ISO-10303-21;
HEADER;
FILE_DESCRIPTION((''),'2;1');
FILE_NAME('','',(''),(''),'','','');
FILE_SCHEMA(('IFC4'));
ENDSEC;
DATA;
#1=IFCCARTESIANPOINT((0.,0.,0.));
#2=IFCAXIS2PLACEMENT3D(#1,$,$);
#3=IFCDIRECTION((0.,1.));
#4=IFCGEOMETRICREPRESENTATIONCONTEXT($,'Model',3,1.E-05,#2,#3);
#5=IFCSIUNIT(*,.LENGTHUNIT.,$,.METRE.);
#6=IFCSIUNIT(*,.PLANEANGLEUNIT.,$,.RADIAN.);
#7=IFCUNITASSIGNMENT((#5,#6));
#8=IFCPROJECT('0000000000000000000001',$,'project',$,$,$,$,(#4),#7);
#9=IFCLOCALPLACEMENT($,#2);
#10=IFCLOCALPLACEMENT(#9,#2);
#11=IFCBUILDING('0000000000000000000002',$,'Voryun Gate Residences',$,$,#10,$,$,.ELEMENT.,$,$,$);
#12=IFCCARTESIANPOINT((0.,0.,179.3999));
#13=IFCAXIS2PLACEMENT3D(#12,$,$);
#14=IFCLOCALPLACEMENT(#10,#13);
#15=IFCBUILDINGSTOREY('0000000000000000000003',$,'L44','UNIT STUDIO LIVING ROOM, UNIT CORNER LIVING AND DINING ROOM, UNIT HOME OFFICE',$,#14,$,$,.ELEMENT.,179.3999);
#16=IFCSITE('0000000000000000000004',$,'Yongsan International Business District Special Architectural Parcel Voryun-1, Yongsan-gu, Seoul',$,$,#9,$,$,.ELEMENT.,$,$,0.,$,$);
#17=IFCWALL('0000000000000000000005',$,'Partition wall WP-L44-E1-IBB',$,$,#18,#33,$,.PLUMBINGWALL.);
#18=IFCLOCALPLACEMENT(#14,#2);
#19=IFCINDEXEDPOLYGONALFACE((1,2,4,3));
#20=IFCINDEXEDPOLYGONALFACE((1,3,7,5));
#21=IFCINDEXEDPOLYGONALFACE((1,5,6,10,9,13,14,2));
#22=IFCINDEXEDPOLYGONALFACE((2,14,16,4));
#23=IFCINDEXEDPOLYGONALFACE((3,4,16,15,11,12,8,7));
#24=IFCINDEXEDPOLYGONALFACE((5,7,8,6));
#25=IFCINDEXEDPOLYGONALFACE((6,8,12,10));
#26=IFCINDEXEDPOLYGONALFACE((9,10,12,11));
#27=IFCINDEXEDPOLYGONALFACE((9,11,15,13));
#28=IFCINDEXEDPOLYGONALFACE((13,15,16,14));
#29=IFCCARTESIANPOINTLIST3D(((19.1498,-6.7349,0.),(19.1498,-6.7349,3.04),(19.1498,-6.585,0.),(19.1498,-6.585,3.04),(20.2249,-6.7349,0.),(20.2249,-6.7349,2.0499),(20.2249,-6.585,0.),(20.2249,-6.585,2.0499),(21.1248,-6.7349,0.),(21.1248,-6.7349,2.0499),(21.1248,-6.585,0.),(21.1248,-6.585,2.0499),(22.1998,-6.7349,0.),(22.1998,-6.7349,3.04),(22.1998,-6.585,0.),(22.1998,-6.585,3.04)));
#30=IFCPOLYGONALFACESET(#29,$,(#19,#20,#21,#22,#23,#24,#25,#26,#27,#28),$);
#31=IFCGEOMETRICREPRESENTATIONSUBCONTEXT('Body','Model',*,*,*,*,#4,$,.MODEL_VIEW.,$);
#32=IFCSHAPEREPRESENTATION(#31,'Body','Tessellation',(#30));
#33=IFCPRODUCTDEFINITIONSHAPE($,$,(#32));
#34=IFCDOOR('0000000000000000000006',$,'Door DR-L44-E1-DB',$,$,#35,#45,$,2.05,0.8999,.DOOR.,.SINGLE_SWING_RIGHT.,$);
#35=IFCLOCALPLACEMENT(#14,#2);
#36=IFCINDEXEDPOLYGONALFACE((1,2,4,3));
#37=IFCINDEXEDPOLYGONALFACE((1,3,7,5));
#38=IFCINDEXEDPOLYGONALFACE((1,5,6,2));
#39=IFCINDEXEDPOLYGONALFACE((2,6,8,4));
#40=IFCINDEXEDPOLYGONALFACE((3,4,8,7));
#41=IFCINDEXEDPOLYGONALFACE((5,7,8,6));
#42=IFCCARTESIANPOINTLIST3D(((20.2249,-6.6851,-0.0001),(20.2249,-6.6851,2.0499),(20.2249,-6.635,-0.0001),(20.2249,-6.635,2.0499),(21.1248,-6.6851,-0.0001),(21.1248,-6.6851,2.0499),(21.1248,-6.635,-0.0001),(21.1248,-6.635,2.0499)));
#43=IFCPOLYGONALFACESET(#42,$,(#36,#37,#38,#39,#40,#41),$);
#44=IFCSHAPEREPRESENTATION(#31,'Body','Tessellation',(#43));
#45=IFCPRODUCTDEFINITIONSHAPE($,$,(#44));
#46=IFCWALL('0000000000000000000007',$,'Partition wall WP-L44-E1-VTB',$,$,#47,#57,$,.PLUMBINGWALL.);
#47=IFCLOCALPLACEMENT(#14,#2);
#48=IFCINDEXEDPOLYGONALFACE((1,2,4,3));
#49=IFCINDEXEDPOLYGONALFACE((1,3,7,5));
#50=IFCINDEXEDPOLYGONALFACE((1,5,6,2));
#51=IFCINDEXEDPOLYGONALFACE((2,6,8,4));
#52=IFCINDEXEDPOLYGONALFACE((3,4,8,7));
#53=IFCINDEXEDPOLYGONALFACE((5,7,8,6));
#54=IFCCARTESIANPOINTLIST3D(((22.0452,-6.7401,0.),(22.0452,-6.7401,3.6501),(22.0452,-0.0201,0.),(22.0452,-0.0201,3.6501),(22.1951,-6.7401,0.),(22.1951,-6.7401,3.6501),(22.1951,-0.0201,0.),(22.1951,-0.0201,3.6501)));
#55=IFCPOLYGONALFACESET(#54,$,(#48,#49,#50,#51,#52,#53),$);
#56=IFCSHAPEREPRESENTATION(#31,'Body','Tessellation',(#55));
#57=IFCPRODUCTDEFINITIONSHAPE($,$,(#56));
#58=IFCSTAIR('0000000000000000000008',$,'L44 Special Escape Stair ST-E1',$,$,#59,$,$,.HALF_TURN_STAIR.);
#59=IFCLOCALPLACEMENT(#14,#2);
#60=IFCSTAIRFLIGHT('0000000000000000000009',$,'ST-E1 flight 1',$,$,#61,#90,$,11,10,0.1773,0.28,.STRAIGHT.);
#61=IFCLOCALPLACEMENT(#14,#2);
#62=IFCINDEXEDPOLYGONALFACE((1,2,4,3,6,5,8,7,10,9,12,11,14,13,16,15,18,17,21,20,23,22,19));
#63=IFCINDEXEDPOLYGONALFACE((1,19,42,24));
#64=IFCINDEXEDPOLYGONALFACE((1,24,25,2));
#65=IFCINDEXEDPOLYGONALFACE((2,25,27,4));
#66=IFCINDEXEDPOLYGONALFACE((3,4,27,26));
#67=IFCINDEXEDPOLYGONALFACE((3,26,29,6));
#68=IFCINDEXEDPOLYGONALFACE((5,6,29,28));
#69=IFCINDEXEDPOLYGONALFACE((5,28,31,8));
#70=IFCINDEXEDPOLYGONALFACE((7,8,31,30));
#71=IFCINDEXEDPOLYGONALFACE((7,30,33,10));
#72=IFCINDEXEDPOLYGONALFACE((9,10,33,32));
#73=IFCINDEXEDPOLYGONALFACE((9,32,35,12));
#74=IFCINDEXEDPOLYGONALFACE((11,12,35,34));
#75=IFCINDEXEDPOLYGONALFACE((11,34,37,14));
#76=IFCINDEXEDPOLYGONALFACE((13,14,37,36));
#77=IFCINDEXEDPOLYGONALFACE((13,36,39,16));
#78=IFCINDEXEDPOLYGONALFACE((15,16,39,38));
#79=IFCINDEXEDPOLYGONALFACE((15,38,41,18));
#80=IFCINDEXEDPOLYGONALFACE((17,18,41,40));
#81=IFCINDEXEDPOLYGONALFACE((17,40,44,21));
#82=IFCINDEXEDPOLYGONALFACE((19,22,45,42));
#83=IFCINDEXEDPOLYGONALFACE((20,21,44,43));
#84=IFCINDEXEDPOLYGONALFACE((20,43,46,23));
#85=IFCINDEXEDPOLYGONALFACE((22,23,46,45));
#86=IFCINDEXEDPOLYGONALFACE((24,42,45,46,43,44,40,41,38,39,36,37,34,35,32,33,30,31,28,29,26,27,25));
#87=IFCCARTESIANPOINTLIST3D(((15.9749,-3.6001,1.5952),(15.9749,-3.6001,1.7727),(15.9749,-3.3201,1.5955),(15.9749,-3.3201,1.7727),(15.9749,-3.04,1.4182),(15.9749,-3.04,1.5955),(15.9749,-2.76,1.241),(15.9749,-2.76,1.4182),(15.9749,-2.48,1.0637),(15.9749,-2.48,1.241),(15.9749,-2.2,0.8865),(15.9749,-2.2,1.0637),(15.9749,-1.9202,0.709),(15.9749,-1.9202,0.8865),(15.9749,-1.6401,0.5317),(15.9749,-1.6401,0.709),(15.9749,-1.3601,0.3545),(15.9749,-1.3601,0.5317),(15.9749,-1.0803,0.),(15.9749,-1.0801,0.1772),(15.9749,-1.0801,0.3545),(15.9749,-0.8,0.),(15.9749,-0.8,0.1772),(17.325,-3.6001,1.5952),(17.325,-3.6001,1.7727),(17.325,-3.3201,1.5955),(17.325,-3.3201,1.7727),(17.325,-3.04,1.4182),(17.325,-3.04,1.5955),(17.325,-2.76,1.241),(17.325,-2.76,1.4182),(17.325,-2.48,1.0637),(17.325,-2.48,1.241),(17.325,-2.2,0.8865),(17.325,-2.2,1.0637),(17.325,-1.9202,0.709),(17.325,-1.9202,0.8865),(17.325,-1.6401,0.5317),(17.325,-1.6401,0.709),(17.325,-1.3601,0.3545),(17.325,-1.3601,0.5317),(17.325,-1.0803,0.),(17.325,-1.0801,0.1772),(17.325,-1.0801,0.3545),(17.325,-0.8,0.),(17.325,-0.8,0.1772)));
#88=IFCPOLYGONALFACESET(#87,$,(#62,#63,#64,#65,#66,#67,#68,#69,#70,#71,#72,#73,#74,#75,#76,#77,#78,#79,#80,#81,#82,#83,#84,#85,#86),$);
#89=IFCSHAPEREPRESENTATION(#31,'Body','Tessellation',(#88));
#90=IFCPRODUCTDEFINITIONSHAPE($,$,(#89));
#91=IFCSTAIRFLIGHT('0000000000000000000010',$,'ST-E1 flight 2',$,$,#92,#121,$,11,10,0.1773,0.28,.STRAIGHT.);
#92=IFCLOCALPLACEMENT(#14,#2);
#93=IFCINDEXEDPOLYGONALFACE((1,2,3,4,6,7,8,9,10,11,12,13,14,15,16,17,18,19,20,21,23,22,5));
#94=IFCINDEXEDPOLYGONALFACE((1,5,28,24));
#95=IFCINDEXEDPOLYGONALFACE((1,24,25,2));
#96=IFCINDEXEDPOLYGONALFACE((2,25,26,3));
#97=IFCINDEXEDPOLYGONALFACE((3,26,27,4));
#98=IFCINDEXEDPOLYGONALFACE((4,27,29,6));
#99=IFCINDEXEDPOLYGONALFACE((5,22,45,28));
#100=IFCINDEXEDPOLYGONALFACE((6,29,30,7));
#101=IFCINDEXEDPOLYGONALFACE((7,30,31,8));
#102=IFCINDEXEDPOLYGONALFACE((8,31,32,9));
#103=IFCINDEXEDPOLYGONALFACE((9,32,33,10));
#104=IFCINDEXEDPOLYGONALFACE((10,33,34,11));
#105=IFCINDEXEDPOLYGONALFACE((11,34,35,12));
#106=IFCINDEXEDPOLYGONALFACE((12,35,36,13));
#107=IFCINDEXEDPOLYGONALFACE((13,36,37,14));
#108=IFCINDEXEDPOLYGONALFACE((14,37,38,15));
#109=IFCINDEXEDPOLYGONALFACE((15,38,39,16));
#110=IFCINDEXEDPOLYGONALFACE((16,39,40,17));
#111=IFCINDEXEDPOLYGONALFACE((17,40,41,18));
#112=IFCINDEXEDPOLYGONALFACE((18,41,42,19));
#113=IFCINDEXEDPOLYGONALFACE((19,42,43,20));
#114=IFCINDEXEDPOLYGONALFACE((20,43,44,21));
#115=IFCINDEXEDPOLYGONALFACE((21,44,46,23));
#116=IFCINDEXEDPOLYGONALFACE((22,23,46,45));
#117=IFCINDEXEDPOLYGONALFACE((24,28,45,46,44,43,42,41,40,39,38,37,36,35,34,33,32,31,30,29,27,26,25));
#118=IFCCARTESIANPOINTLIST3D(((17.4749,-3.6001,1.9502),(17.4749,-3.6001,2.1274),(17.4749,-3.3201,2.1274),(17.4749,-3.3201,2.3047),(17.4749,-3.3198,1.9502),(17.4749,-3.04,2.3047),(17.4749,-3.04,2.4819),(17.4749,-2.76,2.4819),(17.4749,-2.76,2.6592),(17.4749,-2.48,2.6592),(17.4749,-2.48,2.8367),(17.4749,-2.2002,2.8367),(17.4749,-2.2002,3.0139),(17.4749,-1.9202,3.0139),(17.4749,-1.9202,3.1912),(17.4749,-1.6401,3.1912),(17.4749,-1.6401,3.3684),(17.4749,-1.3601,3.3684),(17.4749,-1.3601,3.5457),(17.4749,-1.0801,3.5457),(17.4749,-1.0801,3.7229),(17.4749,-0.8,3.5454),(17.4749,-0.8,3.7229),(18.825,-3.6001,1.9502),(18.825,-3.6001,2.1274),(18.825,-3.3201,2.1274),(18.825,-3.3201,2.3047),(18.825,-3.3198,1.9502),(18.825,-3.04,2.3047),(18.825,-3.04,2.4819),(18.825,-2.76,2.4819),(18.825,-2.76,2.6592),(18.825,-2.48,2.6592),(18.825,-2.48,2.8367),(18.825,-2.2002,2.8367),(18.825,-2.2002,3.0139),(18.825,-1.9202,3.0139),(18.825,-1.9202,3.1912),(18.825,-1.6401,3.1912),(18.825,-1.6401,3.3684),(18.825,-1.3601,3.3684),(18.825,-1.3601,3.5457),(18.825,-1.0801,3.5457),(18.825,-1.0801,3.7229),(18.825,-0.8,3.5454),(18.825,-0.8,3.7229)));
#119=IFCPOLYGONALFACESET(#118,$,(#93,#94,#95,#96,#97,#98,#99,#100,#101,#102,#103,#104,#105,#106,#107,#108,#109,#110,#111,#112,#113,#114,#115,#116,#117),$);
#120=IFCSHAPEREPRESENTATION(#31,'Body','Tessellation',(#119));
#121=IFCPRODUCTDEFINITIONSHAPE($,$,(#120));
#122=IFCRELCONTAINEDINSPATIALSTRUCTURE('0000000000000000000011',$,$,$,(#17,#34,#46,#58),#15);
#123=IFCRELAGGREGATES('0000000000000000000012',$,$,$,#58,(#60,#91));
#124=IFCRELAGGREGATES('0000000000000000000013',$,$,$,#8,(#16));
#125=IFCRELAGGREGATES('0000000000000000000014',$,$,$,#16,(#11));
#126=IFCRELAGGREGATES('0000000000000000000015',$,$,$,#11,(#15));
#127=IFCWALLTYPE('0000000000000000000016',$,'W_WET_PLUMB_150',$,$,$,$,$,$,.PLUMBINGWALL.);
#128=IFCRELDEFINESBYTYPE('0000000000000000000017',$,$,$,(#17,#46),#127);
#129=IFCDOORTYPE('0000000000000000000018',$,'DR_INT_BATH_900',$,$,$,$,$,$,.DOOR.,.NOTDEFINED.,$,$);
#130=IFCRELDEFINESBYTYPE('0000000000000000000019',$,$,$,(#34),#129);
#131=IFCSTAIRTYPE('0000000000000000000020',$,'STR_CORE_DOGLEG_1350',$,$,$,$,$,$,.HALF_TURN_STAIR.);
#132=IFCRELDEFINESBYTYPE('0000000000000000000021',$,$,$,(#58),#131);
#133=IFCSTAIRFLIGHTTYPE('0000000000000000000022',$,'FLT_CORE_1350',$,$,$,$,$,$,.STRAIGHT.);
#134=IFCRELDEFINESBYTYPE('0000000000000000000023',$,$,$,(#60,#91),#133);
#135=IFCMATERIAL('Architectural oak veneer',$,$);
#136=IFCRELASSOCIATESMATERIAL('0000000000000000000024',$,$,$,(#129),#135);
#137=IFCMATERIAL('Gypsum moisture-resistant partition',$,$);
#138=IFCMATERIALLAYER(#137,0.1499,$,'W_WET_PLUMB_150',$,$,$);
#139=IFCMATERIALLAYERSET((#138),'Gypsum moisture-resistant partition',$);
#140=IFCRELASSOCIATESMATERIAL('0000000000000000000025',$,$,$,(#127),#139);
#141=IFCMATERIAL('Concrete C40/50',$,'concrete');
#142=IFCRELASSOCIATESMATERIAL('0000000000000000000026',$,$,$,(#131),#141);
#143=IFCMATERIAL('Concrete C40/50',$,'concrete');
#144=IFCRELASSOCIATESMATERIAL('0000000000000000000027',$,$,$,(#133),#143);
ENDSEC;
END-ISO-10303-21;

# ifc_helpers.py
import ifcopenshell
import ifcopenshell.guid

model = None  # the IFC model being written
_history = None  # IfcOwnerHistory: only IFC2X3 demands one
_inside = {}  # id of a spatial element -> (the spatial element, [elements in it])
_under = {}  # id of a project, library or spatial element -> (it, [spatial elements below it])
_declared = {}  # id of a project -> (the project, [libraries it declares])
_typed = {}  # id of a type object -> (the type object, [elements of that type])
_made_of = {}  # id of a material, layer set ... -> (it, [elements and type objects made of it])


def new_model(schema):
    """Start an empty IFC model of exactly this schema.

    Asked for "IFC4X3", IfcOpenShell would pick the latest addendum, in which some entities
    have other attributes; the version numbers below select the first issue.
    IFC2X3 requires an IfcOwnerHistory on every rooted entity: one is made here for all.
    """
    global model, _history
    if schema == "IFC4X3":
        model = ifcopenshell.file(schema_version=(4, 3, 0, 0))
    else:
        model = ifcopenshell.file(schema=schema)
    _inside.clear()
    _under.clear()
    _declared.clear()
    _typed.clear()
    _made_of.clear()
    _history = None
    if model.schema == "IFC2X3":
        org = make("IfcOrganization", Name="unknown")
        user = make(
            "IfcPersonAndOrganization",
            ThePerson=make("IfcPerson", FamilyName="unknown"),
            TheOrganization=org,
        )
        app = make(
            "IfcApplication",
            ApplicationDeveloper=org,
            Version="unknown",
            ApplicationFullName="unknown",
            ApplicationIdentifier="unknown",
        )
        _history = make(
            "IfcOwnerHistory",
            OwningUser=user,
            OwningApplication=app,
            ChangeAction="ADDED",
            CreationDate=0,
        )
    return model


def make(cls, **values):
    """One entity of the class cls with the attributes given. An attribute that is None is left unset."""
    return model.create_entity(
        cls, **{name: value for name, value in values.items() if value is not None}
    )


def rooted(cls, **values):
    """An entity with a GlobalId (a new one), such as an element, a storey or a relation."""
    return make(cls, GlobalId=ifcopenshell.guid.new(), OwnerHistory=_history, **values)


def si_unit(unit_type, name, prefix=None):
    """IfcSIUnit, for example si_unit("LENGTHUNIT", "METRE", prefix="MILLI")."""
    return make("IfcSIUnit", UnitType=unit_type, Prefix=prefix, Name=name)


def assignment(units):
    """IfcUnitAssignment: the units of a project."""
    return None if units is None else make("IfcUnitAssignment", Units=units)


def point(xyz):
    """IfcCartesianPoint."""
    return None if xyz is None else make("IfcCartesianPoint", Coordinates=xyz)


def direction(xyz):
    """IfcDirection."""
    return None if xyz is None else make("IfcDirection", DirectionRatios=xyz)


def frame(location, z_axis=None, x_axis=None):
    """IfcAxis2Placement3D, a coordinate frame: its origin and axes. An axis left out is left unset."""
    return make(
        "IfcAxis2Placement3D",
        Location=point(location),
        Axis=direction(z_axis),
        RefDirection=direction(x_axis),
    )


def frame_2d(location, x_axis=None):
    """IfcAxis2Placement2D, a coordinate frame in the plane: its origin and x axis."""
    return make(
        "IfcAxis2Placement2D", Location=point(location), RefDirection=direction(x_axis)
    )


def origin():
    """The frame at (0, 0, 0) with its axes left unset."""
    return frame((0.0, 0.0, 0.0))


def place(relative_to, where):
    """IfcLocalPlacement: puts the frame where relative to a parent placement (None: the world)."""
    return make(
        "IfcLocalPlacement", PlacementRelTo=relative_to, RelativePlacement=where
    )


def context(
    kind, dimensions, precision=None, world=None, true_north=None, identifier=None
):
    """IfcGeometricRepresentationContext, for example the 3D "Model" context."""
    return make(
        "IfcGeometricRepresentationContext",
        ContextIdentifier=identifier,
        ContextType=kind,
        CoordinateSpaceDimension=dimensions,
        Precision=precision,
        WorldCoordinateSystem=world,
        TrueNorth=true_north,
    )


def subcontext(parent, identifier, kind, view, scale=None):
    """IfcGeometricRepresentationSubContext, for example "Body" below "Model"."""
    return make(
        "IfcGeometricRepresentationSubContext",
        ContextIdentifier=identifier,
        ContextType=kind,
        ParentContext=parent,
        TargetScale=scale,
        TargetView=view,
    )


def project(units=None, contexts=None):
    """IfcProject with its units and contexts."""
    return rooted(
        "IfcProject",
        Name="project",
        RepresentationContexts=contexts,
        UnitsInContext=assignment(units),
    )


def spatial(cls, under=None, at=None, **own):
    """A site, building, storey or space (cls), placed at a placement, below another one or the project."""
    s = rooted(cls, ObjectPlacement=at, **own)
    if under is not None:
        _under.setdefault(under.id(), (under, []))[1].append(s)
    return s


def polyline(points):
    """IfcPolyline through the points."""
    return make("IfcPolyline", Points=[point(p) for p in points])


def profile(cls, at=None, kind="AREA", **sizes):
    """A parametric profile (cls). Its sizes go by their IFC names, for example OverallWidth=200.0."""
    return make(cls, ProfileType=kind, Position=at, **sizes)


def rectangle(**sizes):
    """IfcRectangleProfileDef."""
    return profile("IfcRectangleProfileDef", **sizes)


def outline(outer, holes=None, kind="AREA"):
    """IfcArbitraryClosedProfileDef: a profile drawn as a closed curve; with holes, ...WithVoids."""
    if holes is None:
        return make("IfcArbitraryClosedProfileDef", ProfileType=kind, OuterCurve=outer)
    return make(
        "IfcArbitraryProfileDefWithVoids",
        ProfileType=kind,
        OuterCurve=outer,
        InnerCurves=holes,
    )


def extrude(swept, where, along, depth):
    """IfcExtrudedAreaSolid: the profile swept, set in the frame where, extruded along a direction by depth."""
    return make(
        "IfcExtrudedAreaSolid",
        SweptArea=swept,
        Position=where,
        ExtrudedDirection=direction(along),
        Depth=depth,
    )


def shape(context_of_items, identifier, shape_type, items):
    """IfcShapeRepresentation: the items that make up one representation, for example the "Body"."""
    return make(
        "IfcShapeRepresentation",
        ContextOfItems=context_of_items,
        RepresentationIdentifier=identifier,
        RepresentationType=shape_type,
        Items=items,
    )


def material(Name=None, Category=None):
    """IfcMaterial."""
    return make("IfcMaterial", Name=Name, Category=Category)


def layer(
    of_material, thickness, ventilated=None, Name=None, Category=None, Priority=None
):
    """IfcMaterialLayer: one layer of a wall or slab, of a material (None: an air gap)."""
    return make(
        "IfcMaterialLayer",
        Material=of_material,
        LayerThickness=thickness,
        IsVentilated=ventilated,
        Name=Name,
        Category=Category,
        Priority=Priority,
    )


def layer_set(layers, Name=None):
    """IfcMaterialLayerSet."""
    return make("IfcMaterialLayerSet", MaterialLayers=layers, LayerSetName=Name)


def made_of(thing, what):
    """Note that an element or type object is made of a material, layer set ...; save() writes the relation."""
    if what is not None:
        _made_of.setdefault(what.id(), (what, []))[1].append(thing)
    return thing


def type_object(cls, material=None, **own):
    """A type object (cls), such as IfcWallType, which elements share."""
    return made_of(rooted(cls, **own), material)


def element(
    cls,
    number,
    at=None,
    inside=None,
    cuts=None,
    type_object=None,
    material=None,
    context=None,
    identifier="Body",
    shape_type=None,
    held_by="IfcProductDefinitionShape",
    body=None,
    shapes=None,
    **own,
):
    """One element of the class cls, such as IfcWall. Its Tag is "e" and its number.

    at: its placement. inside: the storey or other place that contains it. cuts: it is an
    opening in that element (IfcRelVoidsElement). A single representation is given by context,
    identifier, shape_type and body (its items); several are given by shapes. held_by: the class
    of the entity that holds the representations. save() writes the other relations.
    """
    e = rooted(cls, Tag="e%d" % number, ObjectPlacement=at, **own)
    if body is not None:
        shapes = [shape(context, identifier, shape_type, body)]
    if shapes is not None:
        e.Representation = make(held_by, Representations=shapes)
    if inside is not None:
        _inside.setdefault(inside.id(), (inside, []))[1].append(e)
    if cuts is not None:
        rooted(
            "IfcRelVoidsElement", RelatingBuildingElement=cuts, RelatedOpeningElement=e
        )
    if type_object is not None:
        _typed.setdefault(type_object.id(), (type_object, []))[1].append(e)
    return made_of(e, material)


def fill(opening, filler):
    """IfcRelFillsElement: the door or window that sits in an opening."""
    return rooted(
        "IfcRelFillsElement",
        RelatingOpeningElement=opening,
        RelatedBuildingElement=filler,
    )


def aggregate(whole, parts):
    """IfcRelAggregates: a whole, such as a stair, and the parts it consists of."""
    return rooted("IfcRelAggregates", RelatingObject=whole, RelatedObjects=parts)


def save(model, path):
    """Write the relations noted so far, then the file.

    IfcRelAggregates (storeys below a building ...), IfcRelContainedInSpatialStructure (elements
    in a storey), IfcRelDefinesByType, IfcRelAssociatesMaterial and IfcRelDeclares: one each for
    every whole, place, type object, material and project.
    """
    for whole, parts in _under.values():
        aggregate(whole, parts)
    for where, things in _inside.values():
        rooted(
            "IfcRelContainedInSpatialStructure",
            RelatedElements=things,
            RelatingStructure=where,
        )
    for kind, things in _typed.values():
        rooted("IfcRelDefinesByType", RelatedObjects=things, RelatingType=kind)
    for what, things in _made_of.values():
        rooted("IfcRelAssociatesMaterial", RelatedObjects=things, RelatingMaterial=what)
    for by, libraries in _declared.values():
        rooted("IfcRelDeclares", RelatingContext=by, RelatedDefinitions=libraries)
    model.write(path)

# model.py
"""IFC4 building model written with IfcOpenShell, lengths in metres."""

from ifc_helpers import new_model, si_unit, direction, frame, frame_2d, origin, place, context, subcontext, project, spatial, polyline, rectangle, outline, extrude, material, layer, layer_set, type_object, element, fill, aggregate, save


model = new_model("IFC4")

# Units and contexts
model_context = context("Model", 3, precision=1e-05, world=origin(), true_north=direction((0.0, 1.0)))
body_context = subcontext(model_context, "Body", "Model", "MODEL_VIEW")
ifc_project = project(units=[si_unit("LENGTHUNIT", "METRE"), si_unit("PLANEANGLEUNIT", "RADIAN")], contexts=[model_context])

# Site, building, storey
site_placement = place(None, origin())
site = spatial("IfcSite", under=ifc_project, at=site_placement, Name="Yongsan International Business District Special Architectural Parcel Voryun-1, Yongsan-gu, Seoul", CompositionType="ELEMENT", RefElevation=0.0)
building_placement = place(site_placement, origin())
building = spatial("IfcBuilding", under=site, at=building_placement, Name="Voryun Gate Residences", CompositionType="ELEMENT")
storey_placement = place(building_placement, frame((0.0, 0.0, 179.3999)))
storey = spatial("IfcBuildingStorey", under=building, at=storey_placement, Name="L44", Description="UNIT STUDIO LIVING ROOM, UNIT CORNER LIVING AND DINING ROOM, UNIT HOME OFFICE", CompositionType="ELEMENT", Elevation=179.3999)

# Wall, opening, door
ifc_material_1 = material(Name="Architectural oak veneer")
door_type = type_object("IfcDoorType", Name="DR_INT_BATH_900", OperationType="NOTDEFINED", PredefinedType="DOOR", material=ifc_material_1)
ifc_material_2 = material(Name="Gypsum moisture-resistant partition")
ifc_layer_1 = layer(ifc_material_2, 0.1499, Name="W_WET_PLUMB_150")
ifc_layer_set_1 = layer_set([ifc_layer_1], Name="Gypsum moisture-resistant partition")
wall_type_1 = type_object("IfcWallType", Name="W_WET_PLUMB_150", PredefinedType="PLUMBINGWALL", material=ifc_layer_set_1)
wall_1_placement = place(storey_placement, frame((19.1499, -6.6599, 0.0), z_axis=(0.0, 0.0, 1.0), x_axis=(1.0, 0.0, 0.0)))
wall_1 = element("IfcWall", 1, at=wall_1_placement, inside=storey, type_object=wall_type_1, Name="Partition wall WP-L44-E1-IBB", PredefinedType="PLUMBINGWALL", context=body_context, shape_type="SweptSolid", body=[
    extrude(rectangle(XDim=3.05, YDim=0.1499, at=frame_2d((1.5249, 0.0))), origin(), (0.0, 0.0, 1.0), 3.04),
])
opening_1_placement = place(wall_1_placement, frame((1.075, 0.0, 0.0)))
opening_1 = element("IfcOpeningElement", 2, at=opening_1_placement, cuts=wall_1, PredefinedType="OPENING", context=body_context, shape_type="SweptSolid", body=[
    extrude(rectangle(XDim=0.8999, YDim=2.05, at=frame_2d((0.45, 1.0249))), frame((0.0, 0.085, 0.0), z_axis=(0.0, -1.0, 0.0), x_axis=(1.0, 0.0, 0.0)), (0.0, 0.0, 1.0), 0.1699),
])
door_1_placement = place(opening_1_placement, origin())
door_1 = element("IfcDoor", 3, at=door_1_placement, inside=storey, type_object=door_type, Name="Door DR-L44-E1-DB", OperationType="SINGLE_SWING_RIGHT", OverallHeight=2.05, OverallWidth=0.8999, PredefinedType="DOOR", context=body_context, shape_type="SweptSolid", body=[
    extrude(rectangle(XDim=0.8999, YDim=2.05, at=frame_2d((0.45, 1.0249))), frame((0.0, 0.0249, 0.0), z_axis=(0.0, -1.0, 0.0), x_axis=(1.0, 0.0, 0.0)), (0.0, 0.0, 1.0), 0.05),
])
fill(opening_1, door_1)

# Wall
wall_2_placement = place(storey_placement, frame((22.1201, -6.74, 0.0), z_axis=(0.0, 0.0, 1.0), x_axis=(0.0, 1.0, 0.0)))
element("IfcWall", 4, at=wall_2_placement, inside=storey, type_object=wall_type_1, Name="Partition wall WP-L44-E1-VTB", PredefinedType="PLUMBINGWALL", context=body_context, shape_type="SweptSolid", body=[
    extrude(rectangle(XDim=6.72, YDim=0.1499, at=frame_2d((3.3599, 0.0))), origin(), (0.0, 0.0, 1.0), 3.6501),
])

# Stair, stair flights
ifc_material_3 = material(Name="Concrete C40/50", Category="concrete")
stair_type = type_object("IfcStairType", Name="STR_CORE_DOGLEG_1350", PredefinedType="HALF_TURN_STAIR", material=ifc_material_3)
stair_placement = place(storey_placement, origin())
stair = element("IfcStair", 5, at=stair_placement, inside=storey, type_object=stair_type, Name="L44 Special Escape Stair ST-E1", PredefinedType="HALF_TURN_STAIR")
ifc_material_4 = material(Name="Concrete C40/50", Category="concrete")
stair_flight_type = type_object("IfcStairFlightType", Name="FLT_CORE_1350", PredefinedType="STRAIGHT", material=ifc_material_4)
stair_flight_1_placement = place(storey_placement, frame((16.6499, -0.8, 0.0), z_axis=(0.0, 0.0, 1.0), x_axis=(0.0, -1.0, 0.0)))
stair_flight_1 = element("IfcStairFlight", 6, at=stair_flight_1_placement, type_object=stair_flight_type, Name="ST-E1 flight 1", NumberOfRisers=11, NumberOfTreads=10, PredefinedType="STRAIGHT", RiserHeight=0.1773, TreadLength=0.28, context=body_context, shape_type="SweptSolid", body=[
    extrude(outline(polyline([(0.0, 0.0), (0.0, 0.1772), (0.28, 0.1772), (0.28, 0.3545), (0.5601, 0.3545), (0.5601, 0.5317), (0.8401, 0.5317), (0.8401, 0.709), (1.1201, 0.709), (1.1201, 0.8865), (1.3999, 0.8865), (1.3999, 1.0637), (1.6799, 1.0637), (1.6799, 1.241), (1.96, 1.241), (1.96, 1.4182), (2.24, 1.4182), (2.24, 1.5955), (2.52, 1.5955), (2.52, 1.7727), (2.8, 1.7727), (2.8, 1.95), (2.8, 1.5952), (0.2803, 0.0), (0.0, 0.0)])), frame((0.0, 0.675, 0.0), z_axis=(0.0, -1.0, 0.0), x_axis=(1.0, 0.0, 0.0)), (0.0, 0.0, 1.0), 1.3501),
])
stair_flight_2_placement = place(storey_placement, frame((18.1499, -3.6001, 1.9502), z_axis=(0.0, 0.0, 1.0), x_axis=(0.0, 1.0, 0.0)))
stair_flight_2 = element("IfcStairFlight", 7, at=stair_flight_2_placement, type_object=stair_flight_type, Name="ST-E1 flight 2", NumberOfRisers=11, NumberOfTreads=10, PredefinedType="STRAIGHT", RiserHeight=0.1773, TreadLength=0.28, context=body_context, shape_type="SweptSolid", body=[
    extrude(outline(polyline([(0.0, 0.0), (0.0, 0.1772), (0.28, 0.1772), (0.28, 0.3545), (0.5601, 0.3545), (0.5601, 0.5317), (0.8401, 0.5317), (0.8401, 0.709), (1.1201, 0.709), (1.1201, 0.8865), (1.3999, 0.8865), (1.3999, 1.0637), (1.6799, 1.0637), (1.6799, 1.241), (1.96, 1.241), (1.96, 1.4182), (2.24, 1.4182), (2.24, 1.5955), (2.52, 1.5955), (2.52, 1.7727), (2.8, 1.7727), (2.8, 1.95), (2.8, 1.5952), (0.2803, 0.0), (0.0, 0.0)])), frame((0.0, 0.675, 0.0), z_axis=(0.0, -1.0, 0.0), x_axis=(1.0, 0.0, 0.0)), (0.0, 0.0, 1.0), 1.3501),
])
aggregate(stair, [stair_flight_1, stair_flight_2])

save(model, "model.ifc")
